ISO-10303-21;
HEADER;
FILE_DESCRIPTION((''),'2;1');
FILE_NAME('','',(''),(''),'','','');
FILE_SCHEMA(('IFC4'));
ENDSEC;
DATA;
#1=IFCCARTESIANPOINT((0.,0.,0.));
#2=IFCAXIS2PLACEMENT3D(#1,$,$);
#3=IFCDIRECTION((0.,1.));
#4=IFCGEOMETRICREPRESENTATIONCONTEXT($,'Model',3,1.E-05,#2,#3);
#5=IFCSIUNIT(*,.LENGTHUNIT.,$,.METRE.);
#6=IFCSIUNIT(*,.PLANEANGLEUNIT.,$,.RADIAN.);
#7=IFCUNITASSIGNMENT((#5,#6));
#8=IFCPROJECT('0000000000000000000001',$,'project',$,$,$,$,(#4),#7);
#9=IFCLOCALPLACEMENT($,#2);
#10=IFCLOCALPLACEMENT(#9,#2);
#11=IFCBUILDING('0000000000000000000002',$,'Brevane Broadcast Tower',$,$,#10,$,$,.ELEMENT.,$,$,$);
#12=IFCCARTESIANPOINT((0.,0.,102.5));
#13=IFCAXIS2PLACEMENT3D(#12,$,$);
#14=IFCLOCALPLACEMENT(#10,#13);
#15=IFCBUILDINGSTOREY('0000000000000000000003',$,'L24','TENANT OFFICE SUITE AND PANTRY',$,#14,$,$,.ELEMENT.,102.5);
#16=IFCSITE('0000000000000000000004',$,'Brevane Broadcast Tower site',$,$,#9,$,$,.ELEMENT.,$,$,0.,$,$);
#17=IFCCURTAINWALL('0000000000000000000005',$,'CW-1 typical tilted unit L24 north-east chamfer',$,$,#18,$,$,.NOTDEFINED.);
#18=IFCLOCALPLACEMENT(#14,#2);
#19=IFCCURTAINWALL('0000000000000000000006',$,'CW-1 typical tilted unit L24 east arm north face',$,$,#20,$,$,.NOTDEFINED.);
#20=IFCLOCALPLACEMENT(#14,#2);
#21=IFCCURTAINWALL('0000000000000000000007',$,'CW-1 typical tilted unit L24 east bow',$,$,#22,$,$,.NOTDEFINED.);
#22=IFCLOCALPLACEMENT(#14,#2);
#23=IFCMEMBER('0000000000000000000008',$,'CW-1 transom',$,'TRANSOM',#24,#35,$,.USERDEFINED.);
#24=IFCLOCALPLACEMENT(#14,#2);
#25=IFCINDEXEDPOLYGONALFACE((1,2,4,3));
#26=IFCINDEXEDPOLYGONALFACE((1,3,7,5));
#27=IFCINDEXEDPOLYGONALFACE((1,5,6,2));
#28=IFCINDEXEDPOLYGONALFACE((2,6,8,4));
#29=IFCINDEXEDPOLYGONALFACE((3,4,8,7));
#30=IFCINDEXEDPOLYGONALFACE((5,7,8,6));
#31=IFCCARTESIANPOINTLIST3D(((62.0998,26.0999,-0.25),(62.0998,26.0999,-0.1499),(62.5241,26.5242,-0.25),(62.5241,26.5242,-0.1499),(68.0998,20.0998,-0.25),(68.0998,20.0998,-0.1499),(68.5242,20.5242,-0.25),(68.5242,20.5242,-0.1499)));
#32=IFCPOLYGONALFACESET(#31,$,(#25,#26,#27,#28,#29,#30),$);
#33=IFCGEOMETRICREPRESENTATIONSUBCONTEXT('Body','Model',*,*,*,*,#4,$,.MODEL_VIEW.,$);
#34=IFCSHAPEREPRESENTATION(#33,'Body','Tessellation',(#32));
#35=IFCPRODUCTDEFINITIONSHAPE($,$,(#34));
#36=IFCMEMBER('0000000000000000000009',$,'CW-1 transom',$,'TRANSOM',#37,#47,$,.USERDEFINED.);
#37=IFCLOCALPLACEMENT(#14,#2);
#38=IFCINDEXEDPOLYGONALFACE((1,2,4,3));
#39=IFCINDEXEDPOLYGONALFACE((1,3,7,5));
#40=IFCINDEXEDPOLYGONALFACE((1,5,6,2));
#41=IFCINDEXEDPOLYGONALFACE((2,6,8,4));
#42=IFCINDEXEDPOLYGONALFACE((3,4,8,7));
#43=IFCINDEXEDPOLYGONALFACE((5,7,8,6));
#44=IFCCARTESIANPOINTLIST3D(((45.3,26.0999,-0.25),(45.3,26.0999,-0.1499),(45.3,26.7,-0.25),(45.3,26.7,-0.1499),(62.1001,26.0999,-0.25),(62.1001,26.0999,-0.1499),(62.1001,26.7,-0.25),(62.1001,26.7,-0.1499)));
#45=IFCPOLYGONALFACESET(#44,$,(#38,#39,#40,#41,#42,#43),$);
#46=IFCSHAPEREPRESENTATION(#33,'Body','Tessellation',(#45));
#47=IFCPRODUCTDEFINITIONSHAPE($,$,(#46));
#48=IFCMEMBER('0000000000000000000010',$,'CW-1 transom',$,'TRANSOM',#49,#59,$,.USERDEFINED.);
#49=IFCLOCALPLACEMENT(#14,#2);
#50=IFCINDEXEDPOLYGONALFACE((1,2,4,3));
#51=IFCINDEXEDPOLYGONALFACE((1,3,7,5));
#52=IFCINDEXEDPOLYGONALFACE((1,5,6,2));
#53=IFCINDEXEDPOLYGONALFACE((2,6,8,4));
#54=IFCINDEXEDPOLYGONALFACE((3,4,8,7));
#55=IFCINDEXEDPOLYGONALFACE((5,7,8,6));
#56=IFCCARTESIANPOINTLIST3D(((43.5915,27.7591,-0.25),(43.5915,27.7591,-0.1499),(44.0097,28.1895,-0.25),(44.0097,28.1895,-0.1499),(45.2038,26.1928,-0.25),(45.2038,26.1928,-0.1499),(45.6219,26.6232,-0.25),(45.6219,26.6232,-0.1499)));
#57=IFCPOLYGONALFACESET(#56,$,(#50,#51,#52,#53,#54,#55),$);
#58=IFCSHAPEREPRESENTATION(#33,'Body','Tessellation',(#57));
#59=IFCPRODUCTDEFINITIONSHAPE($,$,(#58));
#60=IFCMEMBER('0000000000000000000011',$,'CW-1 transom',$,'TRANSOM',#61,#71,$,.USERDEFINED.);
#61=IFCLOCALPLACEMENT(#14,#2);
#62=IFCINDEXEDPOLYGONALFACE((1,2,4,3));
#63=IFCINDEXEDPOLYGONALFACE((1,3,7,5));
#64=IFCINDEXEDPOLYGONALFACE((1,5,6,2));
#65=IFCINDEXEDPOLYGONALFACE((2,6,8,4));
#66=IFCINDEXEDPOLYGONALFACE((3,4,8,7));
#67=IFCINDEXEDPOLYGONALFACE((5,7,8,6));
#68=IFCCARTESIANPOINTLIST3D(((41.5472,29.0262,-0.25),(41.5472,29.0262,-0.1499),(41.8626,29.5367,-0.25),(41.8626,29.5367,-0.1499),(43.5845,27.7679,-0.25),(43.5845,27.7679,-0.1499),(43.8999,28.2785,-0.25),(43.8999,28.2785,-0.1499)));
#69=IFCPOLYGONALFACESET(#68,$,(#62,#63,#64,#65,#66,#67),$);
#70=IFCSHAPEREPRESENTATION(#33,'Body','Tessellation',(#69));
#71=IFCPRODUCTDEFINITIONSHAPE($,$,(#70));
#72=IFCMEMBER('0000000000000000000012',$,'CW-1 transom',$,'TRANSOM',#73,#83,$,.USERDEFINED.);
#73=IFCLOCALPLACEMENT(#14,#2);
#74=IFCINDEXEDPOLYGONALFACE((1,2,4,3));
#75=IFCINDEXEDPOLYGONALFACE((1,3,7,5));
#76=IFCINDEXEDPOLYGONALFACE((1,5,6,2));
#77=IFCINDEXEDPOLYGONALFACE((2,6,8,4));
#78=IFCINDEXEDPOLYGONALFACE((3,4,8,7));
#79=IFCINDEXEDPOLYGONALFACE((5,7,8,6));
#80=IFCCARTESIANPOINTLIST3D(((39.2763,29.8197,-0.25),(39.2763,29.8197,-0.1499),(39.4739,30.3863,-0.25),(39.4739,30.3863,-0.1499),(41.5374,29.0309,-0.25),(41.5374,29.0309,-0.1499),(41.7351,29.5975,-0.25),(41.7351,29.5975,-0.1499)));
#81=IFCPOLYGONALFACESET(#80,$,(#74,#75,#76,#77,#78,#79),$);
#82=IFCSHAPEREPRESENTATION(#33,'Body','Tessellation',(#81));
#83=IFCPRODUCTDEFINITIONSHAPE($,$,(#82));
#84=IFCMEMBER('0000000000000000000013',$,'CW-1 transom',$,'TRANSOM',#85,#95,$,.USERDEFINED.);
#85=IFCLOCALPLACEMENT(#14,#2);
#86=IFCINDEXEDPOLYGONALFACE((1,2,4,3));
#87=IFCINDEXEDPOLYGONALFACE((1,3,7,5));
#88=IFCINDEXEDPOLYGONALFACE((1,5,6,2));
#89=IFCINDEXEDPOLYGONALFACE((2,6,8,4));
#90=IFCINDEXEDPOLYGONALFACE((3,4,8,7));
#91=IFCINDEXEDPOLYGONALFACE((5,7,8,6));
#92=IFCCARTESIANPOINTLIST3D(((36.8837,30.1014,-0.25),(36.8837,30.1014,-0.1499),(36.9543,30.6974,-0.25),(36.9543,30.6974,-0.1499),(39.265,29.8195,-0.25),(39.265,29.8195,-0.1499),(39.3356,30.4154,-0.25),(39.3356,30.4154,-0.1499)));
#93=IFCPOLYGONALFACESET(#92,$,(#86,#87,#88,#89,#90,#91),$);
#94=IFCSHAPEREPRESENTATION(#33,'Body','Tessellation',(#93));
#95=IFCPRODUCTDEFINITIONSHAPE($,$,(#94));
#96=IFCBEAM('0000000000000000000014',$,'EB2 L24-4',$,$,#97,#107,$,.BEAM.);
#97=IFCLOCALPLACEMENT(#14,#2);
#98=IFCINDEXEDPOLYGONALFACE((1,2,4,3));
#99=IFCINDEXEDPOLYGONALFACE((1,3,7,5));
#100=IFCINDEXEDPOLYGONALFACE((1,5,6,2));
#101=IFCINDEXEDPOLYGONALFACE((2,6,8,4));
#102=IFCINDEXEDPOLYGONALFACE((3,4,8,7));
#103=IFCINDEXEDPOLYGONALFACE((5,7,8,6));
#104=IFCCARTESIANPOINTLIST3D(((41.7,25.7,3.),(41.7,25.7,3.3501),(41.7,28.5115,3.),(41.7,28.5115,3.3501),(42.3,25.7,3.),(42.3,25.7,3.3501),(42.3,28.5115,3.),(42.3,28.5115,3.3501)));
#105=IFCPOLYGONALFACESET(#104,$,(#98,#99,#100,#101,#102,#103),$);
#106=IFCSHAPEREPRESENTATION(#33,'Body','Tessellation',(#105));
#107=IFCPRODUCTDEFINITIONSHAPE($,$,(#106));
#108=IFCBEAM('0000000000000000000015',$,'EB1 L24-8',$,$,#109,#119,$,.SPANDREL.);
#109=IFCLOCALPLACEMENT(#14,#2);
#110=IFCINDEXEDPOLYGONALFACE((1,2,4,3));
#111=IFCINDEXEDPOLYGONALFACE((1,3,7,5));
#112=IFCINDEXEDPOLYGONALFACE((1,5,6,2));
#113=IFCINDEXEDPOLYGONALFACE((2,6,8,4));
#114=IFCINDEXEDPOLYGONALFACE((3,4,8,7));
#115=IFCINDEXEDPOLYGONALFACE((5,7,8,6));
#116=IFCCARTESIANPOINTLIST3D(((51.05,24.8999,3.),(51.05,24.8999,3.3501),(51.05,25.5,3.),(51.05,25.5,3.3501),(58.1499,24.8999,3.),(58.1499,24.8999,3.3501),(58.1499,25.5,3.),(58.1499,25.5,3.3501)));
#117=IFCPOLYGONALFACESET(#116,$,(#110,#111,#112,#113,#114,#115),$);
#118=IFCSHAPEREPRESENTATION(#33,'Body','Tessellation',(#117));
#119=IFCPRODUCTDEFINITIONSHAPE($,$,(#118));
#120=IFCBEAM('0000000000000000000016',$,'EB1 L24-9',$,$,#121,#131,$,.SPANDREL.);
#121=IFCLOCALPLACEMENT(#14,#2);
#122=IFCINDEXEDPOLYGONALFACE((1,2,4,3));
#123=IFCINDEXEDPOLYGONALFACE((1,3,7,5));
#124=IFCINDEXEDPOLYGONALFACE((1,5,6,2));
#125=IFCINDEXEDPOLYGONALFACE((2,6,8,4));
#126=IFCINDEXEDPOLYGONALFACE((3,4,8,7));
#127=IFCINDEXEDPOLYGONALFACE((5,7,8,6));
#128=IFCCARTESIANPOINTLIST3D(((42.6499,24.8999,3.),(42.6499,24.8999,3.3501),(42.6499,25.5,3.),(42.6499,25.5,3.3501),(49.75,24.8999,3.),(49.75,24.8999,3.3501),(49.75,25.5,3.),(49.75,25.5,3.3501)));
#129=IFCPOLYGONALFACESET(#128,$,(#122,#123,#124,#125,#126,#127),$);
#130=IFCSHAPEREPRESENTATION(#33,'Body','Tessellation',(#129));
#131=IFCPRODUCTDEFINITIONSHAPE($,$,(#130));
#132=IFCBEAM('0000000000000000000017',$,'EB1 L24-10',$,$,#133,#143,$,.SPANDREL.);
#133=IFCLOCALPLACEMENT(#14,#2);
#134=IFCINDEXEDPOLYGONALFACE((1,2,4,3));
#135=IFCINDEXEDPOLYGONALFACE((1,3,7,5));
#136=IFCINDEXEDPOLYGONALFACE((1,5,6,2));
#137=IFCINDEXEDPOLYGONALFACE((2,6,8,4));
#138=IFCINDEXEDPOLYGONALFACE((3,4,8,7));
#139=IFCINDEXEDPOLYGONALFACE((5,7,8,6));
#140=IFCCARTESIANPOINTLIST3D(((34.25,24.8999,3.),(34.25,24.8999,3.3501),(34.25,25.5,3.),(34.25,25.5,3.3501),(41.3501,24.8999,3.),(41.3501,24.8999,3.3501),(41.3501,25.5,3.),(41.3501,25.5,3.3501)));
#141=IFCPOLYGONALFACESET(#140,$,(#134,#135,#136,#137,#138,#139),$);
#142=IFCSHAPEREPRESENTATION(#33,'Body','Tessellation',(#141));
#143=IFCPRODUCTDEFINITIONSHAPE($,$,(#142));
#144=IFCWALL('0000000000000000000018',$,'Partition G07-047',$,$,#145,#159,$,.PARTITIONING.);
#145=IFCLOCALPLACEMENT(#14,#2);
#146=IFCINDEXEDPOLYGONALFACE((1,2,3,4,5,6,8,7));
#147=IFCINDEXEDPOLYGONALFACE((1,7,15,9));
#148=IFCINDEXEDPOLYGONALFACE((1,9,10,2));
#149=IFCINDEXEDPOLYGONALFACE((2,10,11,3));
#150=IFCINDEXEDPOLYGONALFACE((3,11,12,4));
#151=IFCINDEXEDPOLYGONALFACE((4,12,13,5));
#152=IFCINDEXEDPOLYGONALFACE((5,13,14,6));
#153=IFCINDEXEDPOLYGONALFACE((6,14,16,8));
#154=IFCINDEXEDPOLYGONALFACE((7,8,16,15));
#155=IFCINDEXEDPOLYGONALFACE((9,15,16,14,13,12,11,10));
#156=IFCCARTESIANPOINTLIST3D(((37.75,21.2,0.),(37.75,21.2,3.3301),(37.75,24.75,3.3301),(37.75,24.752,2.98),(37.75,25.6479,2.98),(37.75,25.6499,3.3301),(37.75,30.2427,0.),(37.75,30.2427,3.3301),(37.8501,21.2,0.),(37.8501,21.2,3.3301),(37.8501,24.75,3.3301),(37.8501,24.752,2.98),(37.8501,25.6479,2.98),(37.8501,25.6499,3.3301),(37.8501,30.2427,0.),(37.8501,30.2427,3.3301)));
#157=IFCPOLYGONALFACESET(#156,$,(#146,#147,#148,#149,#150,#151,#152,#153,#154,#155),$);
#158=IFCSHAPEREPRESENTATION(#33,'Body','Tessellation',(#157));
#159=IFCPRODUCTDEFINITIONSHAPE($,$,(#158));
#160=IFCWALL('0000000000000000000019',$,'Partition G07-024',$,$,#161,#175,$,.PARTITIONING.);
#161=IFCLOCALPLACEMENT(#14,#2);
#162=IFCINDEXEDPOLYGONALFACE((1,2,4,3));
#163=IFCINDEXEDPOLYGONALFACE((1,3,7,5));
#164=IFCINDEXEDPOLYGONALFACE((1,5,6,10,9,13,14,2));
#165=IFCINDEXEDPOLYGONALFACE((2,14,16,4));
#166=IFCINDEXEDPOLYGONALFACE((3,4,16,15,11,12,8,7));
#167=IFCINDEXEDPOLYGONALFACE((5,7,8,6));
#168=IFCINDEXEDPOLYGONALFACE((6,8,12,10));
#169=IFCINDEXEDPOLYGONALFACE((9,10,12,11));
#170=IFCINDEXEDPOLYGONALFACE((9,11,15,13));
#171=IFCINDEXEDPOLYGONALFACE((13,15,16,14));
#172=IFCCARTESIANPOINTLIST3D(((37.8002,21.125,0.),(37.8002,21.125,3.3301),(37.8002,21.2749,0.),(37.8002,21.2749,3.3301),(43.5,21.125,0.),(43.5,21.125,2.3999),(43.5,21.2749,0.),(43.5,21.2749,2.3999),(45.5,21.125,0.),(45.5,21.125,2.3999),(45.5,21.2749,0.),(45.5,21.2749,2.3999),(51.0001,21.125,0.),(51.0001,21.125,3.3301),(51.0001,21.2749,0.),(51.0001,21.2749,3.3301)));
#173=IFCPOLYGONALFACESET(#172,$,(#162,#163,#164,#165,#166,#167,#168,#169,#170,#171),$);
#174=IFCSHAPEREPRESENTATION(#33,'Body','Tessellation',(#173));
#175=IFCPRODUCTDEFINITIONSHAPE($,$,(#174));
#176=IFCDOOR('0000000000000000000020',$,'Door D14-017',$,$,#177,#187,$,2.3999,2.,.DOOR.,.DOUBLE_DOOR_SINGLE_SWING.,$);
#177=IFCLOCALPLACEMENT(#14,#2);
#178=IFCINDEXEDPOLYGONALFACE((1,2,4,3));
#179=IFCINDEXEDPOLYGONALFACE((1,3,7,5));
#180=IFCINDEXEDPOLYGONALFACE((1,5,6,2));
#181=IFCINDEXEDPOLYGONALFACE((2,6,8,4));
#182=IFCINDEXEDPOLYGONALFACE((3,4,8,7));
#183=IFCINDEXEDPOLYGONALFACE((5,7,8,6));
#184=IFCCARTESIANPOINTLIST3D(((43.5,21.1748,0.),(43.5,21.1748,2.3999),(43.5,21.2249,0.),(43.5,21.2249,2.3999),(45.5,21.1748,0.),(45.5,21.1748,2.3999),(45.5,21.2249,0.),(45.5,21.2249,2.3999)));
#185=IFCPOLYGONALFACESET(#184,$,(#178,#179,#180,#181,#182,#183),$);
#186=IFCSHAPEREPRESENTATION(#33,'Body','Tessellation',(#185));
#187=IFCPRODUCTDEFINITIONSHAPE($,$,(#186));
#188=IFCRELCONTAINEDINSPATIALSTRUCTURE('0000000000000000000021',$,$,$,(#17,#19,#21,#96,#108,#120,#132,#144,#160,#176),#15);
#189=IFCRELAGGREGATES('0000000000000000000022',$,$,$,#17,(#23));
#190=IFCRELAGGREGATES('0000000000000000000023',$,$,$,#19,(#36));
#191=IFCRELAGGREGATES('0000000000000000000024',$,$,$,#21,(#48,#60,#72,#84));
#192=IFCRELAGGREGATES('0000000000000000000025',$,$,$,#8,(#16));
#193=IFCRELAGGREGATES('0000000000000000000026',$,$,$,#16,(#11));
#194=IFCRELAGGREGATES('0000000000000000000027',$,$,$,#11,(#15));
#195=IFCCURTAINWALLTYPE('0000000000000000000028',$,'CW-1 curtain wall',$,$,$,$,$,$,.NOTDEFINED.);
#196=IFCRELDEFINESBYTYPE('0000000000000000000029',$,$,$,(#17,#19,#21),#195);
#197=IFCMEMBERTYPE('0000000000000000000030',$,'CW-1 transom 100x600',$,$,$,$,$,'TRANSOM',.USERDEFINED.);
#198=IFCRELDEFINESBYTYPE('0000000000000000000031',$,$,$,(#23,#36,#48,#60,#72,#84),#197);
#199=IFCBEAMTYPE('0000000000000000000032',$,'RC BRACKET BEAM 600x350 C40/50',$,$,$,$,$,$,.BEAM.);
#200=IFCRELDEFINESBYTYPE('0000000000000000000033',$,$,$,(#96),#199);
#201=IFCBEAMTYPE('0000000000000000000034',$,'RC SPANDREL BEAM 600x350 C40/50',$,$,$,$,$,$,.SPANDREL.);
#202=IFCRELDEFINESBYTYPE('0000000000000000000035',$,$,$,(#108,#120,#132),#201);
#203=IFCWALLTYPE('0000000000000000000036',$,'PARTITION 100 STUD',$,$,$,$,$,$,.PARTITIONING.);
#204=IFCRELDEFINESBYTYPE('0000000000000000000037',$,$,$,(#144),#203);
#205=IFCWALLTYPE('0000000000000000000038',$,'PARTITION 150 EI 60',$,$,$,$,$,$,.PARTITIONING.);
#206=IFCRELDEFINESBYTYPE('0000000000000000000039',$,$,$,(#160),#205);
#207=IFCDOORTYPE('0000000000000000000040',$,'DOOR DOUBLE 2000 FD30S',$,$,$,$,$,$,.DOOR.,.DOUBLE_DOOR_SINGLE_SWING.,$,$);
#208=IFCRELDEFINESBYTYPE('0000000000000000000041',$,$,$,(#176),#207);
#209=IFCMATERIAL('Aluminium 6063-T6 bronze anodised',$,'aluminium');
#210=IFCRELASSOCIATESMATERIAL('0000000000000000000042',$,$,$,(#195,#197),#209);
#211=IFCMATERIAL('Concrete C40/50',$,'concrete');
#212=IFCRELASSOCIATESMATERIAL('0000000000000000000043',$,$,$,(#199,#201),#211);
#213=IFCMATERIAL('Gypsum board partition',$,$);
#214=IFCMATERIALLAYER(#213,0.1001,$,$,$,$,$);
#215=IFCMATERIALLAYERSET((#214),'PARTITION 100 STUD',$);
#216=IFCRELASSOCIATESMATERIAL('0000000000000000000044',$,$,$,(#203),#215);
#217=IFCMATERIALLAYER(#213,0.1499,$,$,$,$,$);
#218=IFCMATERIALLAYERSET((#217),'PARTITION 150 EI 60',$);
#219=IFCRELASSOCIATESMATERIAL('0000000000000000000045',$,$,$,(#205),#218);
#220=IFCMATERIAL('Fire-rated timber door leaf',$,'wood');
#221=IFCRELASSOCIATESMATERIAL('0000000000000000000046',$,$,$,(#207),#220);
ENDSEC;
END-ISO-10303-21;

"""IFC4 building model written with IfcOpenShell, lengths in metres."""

from ifc_helpers import new_model, si_unit, direction, frame, frame_2d, origin, origin_2d, place, context, subcontext, project, spatial, polyline, rectangle, outline, extrude, material, layer, layer_set, material_profile, profile_set, type_object, element, fill, aggregate, save


model = new_model("IFC4")

# Units and contexts
model_context = context("Model", 3, precision=1e-05, world=origin(), true_north=direction((0.0, 1.0)))
body_context = subcontext(model_context, "Body", "Model", "MODEL_VIEW")
ifc_project = project(units=[si_unit("LENGTHUNIT", "METRE"), si_unit("PLANEANGLEUNIT", "RADIAN")], contexts=[model_context])

# Site, building, storey
site_placement = place(None, origin())
site = spatial("IfcSite", under=ifc_project, at=site_placement, Name="Brevane Broadcast Tower site", CompositionType="ELEMENT", RefElevation=0.0)
building_placement = place(site_placement, origin())
building = spatial("IfcBuilding", under=site, at=building_placement, Name="Brevane Broadcast Tower", CompositionType="ELEMENT")
storey_placement = place(building_placement, frame((0.0, 0.0, 102.5)))
storey = spatial("IfcBuildingStorey", under=building, at=storey_placement, Name="L24", Description="TENANT OFFICE SUITE AND PANTRY", CompositionType="ELEMENT", Elevation=102.5)

# Curtain walls
ifc_material_1 = material(Name="Aluminium 6063-T6 bronze anodised", Category="aluminium")
curtain_wall_type = type_object("IfcCurtainWallType", Name="CW-1 curtain wall", PredefinedType="NOTDEFINED", material=ifc_material_1)
curtain_wall_1_placement = place(storey_placement, origin())
curtain_wall_1 = element("IfcCurtainWall", 1, at=curtain_wall_1_placement, inside=storey, type_object=curtain_wall_type, Name="CW-1 typical tilted unit L24 north-east chamfer", PredefinedType="NOTDEFINED")
curtain_wall_2_placement = place(storey_placement, origin())
curtain_wall_2 = element("IfcCurtainWall", 2, at=curtain_wall_2_placement, inside=storey, type_object=curtain_wall_type, Name="CW-1 typical tilted unit L24 east arm north face", PredefinedType="NOTDEFINED")
curtain_wall_3_placement = place(storey_placement, origin())
curtain_wall_3 = element("IfcCurtainWall", 3, at=curtain_wall_3_placement, inside=storey, type_object=curtain_wall_type, Name="CW-1 typical tilted unit L24 east bow", PredefinedType="NOTDEFINED")

# Members
ifc_material_profile_1 = material_profile(ifc_material_1, rectangle(XDim=0.6001, YDim=0.1001, at=origin_2d()), Name="RECT 100x600")
ifc_profile_set_1 = profile_set([ifc_material_profile_1], Name="Aluminium 6063-T6 bronze anodised")
member_type_1 = type_object("IfcMemberType", Name="CW-1 transom 100x600", ElementType="TRANSOM", PredefinedType="USERDEFINED", material=ifc_profile_set_1)
member_1_placement = place(storey_placement, frame((68.312, 20.312, -0.2), z_axis=(-0.707107, 0.707107, 0.0), x_axis=(-0.707107, -0.707107, 0.0)))
member_1 = element("IfcMember", 4, at=member_1_placement, type_object=member_type_1, Name="CW-1 transom", ObjectType="TRANSOM", PredefinedType="USERDEFINED", context=body_context, shape_type="SweptSolid", body=[
    extrude(rectangle(XDim=0.6001, YDim=0.1001, at=origin_2d()), origin(), (0.0, 0.0, 1.0), 8.4854),
])
aggregate(curtain_wall_1, [member_1])
member_2_placement = place(storey_placement, frame((62.1001, 26.3999, -0.2), z_axis=(-1.0, 0.0, 0.0), x_axis=(0.0, -1.0, 0.0)))
member_2 = element("IfcMember", 5, at=member_2_placement, type_object=member_type_1, Name="CW-1 transom", ObjectType="TRANSOM", PredefinedType="USERDEFINED", context=body_context, shape_type="SweptSolid", body=[
    extrude(rectangle(XDim=0.6001, YDim=0.1001, at=origin_2d()), origin(), (0.0, 0.0, 1.0), 16.8),
])
aggregate(curtain_wall_2, [member_2])
member_3_placement = place(storey_placement, frame((45.4128, 26.408, -0.2), z_axis=(-0.717242, 0.696824, 0.0), x_axis=(-0.696824, -0.717242, 0.0)))
member_3 = element("IfcMember", 6, at=member_3_placement, type_object=member_type_1, Name="CW-1 transom", ObjectType="TRANSOM", PredefinedType="USERDEFINED", context=body_context, shape_type="SweptSolid", body=[
    extrude(rectangle(XDim=0.6001, YDim=0.1001, at=origin_2d()), origin(), (0.0, 0.0, 1.0), 2.2478),
])
member_4_placement = place(storey_placement, frame((43.7422, 28.0232, -0.2), z_axis=(-0.85081, 0.525473, 0.0), x_axis=(-0.525473, -0.85081, 0.0)))
member_4 = element("IfcMember", 7, at=member_4_placement, type_object=member_type_1, Name="CW-1 transom", ObjectType="TRANSOM", PredefinedType="USERDEFINED", context=body_context, shape_type="SweptSolid", body=[
    extrude(rectangle(XDim=0.6001, YDim=0.1001, at=origin_2d()), origin(), (0.0, 0.0, 1.0), 2.3945),
])
member_5_placement = place(storey_placement, frame((41.6362, 29.3142, -0.2), z_axis=(-0.944198, 0.329378, 0.0), x_axis=(-0.329378, -0.944198, 0.0)))
member_5 = element("IfcMember", 8, at=member_5_placement, type_object=member_type_1, Name="CW-1 transom", ObjectType="TRANSOM", PredefinedType="USERDEFINED", context=body_context, shape_type="SweptSolid", body=[
    extrude(rectangle(XDim=0.6001, YDim=0.1001, at=origin_2d()), origin(), (0.0, 0.0, 1.0), 2.3948),
])
member_6_placement = place(storey_placement, frame((39.3003, 30.1174, -0.2), z_axis=(-0.993062, 0.117591, 0.0), x_axis=(-0.117591, -0.993062, 0.0)))
member_6 = element("IfcMember", 9, at=member_6_placement, type_object=member_type_1, Name="CW-1 transom", ObjectType="TRANSOM", PredefinedType="USERDEFINED", context=body_context, shape_type="SweptSolid", body=[
    extrude(rectangle(XDim=0.6001, YDim=0.1001, at=origin_2d()), origin(), (0.0, 0.0, 1.0), 2.3979),
])
aggregate(curtain_wall_3, [member_3, member_4, member_5, member_6])

# Beams
ifc_material_2 = material(Name="Concrete C40/50", Category="concrete")
ifc_material_profile_2 = material_profile(ifc_material_2, rectangle(XDim=0.6001, YDim=0.3501, at=origin_2d()), Name="RC 600x350")
ifc_profile_set_2 = profile_set([ifc_material_profile_2], Name="Concrete C40/50")
beam_type_1 = type_object("IfcBeamType", Name="RC BRACKET BEAM 600x350 C40/50", PredefinedType="BEAM", material=ifc_profile_set_2)
beam_1_placement = place(storey_placement, frame((42.0, 25.7, 3.175), z_axis=(0.0, 1.0, 0.0), x_axis=(-1.0, 0.0, 0.0)))
element("IfcBeam", 10, at=beam_1_placement, inside=storey, type_object=beam_type_1, Name="EB2 L24-4", PredefinedType="BEAM", context=body_context, shape_type="SweptSolid", body=[
    extrude(rectangle(XDim=0.6001, YDim=0.3501, at=origin_2d()), origin(), (0.0, 0.0, 1.0), 2.8115),
])
ifc_material_profile_3 = material_profile(ifc_material_2, rectangle(XDim=0.6001, YDim=0.3501, at=origin_2d()), Name="RC 600x350")
ifc_profile_set_3 = profile_set([ifc_material_profile_3], Name="Concrete C40/50")
beam_type_2 = type_object("IfcBeamType", Name="RC SPANDREL BEAM 600x350 C40/50", PredefinedType="SPANDREL", material=ifc_profile_set_3)
beam_2_placement = place(storey_placement, frame((58.1499, 25.2, 3.175), z_axis=(-1.0, 0.0, 0.0), x_axis=(0.0, -1.0, 0.0)))
element("IfcBeam", 11, at=beam_2_placement, inside=storey, type_object=beam_type_2, Name="EB1 L24-8", PredefinedType="SPANDREL", context=body_context, shape_type="SweptSolid", body=[
    extrude(rectangle(XDim=0.6001, YDim=0.3501, at=origin_2d()), origin(), (0.0, 0.0, 1.0), 7.0999),
])
for number, where, z_axis, x_axis, name in (
    (12, (49.75, 25.2, 3.175), (-1.0, 0.0, 0.0), (0.0, -1.0, 0.0), "EB1 L24-9"),
    (13, (41.3501, 25.2, 3.175), (-1.0, 0.0, 0.0), (0.0, -1.0, 0.0), "EB1 L24-10"),
):
    element("IfcBeam", number, at=place(storey_placement, frame(where, z_axis=z_axis, x_axis=x_axis)), inside=storey, type_object=beam_type_2, Name=name, PredefinedType="SPANDREL", context=body_context, shape_type="SweptSolid", body=[
        extrude(rectangle(XDim=0.6001, YDim=0.3501, at=origin_2d()), origin(), (0.0, 0.0, 1.0), 7.1001),
    ])

# Wall
ifc_material_3 = material(Name="Gypsum board partition")
ifc_layer_1 = layer(ifc_material_3, 0.1001)
ifc_layer_set_1 = layer_set([ifc_layer_1], Name="PARTITION 100 STUD")
wall_type_1 = type_object("IfcWallType", Name="PARTITION 100 STUD", PredefinedType="PARTITIONING", material=ifc_layer_set_1)
wall_1_placement = place(storey_placement, frame((37.8, 30.2427, 0.0), z_axis=(0.0, 0.0, 1.0), x_axis=(0.0, -1.0, 0.0)))
element("IfcWall", 14, at=wall_1_placement, inside=storey, type_object=wall_type_1, Name="Partition G07-047", PredefinedType="PARTITIONING", context=body_context, shape_type="SweptSolid", body=[
    extrude(outline(polyline([(0.0, 0.0), (9.0427, 0.0), (9.0427, 3.3301), (5.4927, 3.3301), (5.4907, 2.98), (4.5947, 2.98), (4.5928, 3.3301), (0.0, 3.3301), (0.0, 0.0)])), frame((0.0, 0.05, 0.0), z_axis=(0.0, -1.0, 0.0), x_axis=(1.0, 0.0, 0.0)), (0.0, 0.0, 1.0), 0.1001),
])

# Wall, opening, door
ifc_layer_2 = layer(ifc_material_3, 0.1499)
ifc_layer_set_2 = layer_set([ifc_layer_2], Name="PARTITION 150 EI 60")
wall_type_2 = type_object("IfcWallType", Name="PARTITION 150 EI 60", PredefinedType="PARTITIONING", material=ifc_layer_set_2)
ifc_material_4 = material(Name="Fire-rated timber door leaf", Category="wood")
door_type = type_object("IfcDoorType", Name="DOOR DOUBLE 2000 FD30S", OperationType="DOUBLE_DOOR_SINGLE_SWING", PredefinedType="DOOR", material=ifc_material_4)
wall_2_placement = place(storey_placement, frame((37.8, 21.2, 0.0), z_axis=(0.0, 0.0, 1.0), x_axis=(1.0, 0.0, 0.0)))
wall_2 = element("IfcWall", 15, at=wall_2_placement, inside=storey, type_object=wall_type_2, Name="Partition G07-024", PredefinedType="PARTITIONING", context=body_context, shape_type="SweptSolid", body=[
    extrude(rectangle(XDim=13.2, YDim=0.1499, at=frame_2d((6.6001, 0.0))), origin(), (0.0, 0.0, 1.0), 3.3301),
])
opening_1_placement = place(wall_2_placement, frame((5.7, 0.0, 0.0)))
opening_1 = element("IfcOpeningElement", 16, at=opening_1_placement, cuts=wall_2, PredefinedType="OPENING", context=body_context, shape_type="SweptSolid", body=[
    extrude(rectangle(XDim=2.0, YDim=2.3999, at=frame_2d((1.0, 1.2))), frame((0.0, 0.085, 0.0), z_axis=(0.0, -1.0, 0.0), x_axis=(1.0, 0.0, 0.0)), (0.0, 0.0, 1.0), 0.1699),
])
door_1_placement = place(opening_1_placement, origin())
door_1 = element("IfcDoor", 17, at=door_1_placement, inside=storey, type_object=door_type, Name="Door D14-017", OperationType="DOUBLE_DOOR_SINGLE_SWING", OverallHeight=2.3999, OverallWidth=2.0, PredefinedType="DOOR", context=body_context, shape_type="SweptSolid", body=[
    extrude(rectangle(XDim=2.0, YDim=2.3999, at=frame_2d((1.0, 1.2))), frame((0.0, 0.0249, 0.0), z_axis=(0.0, -1.0, 0.0), x_axis=(1.0, 0.0, 0.0)), (0.0, 0.0, 1.0), 0.05),
])
fill(opening_1, door_1)

save(model, "model.ifc")
